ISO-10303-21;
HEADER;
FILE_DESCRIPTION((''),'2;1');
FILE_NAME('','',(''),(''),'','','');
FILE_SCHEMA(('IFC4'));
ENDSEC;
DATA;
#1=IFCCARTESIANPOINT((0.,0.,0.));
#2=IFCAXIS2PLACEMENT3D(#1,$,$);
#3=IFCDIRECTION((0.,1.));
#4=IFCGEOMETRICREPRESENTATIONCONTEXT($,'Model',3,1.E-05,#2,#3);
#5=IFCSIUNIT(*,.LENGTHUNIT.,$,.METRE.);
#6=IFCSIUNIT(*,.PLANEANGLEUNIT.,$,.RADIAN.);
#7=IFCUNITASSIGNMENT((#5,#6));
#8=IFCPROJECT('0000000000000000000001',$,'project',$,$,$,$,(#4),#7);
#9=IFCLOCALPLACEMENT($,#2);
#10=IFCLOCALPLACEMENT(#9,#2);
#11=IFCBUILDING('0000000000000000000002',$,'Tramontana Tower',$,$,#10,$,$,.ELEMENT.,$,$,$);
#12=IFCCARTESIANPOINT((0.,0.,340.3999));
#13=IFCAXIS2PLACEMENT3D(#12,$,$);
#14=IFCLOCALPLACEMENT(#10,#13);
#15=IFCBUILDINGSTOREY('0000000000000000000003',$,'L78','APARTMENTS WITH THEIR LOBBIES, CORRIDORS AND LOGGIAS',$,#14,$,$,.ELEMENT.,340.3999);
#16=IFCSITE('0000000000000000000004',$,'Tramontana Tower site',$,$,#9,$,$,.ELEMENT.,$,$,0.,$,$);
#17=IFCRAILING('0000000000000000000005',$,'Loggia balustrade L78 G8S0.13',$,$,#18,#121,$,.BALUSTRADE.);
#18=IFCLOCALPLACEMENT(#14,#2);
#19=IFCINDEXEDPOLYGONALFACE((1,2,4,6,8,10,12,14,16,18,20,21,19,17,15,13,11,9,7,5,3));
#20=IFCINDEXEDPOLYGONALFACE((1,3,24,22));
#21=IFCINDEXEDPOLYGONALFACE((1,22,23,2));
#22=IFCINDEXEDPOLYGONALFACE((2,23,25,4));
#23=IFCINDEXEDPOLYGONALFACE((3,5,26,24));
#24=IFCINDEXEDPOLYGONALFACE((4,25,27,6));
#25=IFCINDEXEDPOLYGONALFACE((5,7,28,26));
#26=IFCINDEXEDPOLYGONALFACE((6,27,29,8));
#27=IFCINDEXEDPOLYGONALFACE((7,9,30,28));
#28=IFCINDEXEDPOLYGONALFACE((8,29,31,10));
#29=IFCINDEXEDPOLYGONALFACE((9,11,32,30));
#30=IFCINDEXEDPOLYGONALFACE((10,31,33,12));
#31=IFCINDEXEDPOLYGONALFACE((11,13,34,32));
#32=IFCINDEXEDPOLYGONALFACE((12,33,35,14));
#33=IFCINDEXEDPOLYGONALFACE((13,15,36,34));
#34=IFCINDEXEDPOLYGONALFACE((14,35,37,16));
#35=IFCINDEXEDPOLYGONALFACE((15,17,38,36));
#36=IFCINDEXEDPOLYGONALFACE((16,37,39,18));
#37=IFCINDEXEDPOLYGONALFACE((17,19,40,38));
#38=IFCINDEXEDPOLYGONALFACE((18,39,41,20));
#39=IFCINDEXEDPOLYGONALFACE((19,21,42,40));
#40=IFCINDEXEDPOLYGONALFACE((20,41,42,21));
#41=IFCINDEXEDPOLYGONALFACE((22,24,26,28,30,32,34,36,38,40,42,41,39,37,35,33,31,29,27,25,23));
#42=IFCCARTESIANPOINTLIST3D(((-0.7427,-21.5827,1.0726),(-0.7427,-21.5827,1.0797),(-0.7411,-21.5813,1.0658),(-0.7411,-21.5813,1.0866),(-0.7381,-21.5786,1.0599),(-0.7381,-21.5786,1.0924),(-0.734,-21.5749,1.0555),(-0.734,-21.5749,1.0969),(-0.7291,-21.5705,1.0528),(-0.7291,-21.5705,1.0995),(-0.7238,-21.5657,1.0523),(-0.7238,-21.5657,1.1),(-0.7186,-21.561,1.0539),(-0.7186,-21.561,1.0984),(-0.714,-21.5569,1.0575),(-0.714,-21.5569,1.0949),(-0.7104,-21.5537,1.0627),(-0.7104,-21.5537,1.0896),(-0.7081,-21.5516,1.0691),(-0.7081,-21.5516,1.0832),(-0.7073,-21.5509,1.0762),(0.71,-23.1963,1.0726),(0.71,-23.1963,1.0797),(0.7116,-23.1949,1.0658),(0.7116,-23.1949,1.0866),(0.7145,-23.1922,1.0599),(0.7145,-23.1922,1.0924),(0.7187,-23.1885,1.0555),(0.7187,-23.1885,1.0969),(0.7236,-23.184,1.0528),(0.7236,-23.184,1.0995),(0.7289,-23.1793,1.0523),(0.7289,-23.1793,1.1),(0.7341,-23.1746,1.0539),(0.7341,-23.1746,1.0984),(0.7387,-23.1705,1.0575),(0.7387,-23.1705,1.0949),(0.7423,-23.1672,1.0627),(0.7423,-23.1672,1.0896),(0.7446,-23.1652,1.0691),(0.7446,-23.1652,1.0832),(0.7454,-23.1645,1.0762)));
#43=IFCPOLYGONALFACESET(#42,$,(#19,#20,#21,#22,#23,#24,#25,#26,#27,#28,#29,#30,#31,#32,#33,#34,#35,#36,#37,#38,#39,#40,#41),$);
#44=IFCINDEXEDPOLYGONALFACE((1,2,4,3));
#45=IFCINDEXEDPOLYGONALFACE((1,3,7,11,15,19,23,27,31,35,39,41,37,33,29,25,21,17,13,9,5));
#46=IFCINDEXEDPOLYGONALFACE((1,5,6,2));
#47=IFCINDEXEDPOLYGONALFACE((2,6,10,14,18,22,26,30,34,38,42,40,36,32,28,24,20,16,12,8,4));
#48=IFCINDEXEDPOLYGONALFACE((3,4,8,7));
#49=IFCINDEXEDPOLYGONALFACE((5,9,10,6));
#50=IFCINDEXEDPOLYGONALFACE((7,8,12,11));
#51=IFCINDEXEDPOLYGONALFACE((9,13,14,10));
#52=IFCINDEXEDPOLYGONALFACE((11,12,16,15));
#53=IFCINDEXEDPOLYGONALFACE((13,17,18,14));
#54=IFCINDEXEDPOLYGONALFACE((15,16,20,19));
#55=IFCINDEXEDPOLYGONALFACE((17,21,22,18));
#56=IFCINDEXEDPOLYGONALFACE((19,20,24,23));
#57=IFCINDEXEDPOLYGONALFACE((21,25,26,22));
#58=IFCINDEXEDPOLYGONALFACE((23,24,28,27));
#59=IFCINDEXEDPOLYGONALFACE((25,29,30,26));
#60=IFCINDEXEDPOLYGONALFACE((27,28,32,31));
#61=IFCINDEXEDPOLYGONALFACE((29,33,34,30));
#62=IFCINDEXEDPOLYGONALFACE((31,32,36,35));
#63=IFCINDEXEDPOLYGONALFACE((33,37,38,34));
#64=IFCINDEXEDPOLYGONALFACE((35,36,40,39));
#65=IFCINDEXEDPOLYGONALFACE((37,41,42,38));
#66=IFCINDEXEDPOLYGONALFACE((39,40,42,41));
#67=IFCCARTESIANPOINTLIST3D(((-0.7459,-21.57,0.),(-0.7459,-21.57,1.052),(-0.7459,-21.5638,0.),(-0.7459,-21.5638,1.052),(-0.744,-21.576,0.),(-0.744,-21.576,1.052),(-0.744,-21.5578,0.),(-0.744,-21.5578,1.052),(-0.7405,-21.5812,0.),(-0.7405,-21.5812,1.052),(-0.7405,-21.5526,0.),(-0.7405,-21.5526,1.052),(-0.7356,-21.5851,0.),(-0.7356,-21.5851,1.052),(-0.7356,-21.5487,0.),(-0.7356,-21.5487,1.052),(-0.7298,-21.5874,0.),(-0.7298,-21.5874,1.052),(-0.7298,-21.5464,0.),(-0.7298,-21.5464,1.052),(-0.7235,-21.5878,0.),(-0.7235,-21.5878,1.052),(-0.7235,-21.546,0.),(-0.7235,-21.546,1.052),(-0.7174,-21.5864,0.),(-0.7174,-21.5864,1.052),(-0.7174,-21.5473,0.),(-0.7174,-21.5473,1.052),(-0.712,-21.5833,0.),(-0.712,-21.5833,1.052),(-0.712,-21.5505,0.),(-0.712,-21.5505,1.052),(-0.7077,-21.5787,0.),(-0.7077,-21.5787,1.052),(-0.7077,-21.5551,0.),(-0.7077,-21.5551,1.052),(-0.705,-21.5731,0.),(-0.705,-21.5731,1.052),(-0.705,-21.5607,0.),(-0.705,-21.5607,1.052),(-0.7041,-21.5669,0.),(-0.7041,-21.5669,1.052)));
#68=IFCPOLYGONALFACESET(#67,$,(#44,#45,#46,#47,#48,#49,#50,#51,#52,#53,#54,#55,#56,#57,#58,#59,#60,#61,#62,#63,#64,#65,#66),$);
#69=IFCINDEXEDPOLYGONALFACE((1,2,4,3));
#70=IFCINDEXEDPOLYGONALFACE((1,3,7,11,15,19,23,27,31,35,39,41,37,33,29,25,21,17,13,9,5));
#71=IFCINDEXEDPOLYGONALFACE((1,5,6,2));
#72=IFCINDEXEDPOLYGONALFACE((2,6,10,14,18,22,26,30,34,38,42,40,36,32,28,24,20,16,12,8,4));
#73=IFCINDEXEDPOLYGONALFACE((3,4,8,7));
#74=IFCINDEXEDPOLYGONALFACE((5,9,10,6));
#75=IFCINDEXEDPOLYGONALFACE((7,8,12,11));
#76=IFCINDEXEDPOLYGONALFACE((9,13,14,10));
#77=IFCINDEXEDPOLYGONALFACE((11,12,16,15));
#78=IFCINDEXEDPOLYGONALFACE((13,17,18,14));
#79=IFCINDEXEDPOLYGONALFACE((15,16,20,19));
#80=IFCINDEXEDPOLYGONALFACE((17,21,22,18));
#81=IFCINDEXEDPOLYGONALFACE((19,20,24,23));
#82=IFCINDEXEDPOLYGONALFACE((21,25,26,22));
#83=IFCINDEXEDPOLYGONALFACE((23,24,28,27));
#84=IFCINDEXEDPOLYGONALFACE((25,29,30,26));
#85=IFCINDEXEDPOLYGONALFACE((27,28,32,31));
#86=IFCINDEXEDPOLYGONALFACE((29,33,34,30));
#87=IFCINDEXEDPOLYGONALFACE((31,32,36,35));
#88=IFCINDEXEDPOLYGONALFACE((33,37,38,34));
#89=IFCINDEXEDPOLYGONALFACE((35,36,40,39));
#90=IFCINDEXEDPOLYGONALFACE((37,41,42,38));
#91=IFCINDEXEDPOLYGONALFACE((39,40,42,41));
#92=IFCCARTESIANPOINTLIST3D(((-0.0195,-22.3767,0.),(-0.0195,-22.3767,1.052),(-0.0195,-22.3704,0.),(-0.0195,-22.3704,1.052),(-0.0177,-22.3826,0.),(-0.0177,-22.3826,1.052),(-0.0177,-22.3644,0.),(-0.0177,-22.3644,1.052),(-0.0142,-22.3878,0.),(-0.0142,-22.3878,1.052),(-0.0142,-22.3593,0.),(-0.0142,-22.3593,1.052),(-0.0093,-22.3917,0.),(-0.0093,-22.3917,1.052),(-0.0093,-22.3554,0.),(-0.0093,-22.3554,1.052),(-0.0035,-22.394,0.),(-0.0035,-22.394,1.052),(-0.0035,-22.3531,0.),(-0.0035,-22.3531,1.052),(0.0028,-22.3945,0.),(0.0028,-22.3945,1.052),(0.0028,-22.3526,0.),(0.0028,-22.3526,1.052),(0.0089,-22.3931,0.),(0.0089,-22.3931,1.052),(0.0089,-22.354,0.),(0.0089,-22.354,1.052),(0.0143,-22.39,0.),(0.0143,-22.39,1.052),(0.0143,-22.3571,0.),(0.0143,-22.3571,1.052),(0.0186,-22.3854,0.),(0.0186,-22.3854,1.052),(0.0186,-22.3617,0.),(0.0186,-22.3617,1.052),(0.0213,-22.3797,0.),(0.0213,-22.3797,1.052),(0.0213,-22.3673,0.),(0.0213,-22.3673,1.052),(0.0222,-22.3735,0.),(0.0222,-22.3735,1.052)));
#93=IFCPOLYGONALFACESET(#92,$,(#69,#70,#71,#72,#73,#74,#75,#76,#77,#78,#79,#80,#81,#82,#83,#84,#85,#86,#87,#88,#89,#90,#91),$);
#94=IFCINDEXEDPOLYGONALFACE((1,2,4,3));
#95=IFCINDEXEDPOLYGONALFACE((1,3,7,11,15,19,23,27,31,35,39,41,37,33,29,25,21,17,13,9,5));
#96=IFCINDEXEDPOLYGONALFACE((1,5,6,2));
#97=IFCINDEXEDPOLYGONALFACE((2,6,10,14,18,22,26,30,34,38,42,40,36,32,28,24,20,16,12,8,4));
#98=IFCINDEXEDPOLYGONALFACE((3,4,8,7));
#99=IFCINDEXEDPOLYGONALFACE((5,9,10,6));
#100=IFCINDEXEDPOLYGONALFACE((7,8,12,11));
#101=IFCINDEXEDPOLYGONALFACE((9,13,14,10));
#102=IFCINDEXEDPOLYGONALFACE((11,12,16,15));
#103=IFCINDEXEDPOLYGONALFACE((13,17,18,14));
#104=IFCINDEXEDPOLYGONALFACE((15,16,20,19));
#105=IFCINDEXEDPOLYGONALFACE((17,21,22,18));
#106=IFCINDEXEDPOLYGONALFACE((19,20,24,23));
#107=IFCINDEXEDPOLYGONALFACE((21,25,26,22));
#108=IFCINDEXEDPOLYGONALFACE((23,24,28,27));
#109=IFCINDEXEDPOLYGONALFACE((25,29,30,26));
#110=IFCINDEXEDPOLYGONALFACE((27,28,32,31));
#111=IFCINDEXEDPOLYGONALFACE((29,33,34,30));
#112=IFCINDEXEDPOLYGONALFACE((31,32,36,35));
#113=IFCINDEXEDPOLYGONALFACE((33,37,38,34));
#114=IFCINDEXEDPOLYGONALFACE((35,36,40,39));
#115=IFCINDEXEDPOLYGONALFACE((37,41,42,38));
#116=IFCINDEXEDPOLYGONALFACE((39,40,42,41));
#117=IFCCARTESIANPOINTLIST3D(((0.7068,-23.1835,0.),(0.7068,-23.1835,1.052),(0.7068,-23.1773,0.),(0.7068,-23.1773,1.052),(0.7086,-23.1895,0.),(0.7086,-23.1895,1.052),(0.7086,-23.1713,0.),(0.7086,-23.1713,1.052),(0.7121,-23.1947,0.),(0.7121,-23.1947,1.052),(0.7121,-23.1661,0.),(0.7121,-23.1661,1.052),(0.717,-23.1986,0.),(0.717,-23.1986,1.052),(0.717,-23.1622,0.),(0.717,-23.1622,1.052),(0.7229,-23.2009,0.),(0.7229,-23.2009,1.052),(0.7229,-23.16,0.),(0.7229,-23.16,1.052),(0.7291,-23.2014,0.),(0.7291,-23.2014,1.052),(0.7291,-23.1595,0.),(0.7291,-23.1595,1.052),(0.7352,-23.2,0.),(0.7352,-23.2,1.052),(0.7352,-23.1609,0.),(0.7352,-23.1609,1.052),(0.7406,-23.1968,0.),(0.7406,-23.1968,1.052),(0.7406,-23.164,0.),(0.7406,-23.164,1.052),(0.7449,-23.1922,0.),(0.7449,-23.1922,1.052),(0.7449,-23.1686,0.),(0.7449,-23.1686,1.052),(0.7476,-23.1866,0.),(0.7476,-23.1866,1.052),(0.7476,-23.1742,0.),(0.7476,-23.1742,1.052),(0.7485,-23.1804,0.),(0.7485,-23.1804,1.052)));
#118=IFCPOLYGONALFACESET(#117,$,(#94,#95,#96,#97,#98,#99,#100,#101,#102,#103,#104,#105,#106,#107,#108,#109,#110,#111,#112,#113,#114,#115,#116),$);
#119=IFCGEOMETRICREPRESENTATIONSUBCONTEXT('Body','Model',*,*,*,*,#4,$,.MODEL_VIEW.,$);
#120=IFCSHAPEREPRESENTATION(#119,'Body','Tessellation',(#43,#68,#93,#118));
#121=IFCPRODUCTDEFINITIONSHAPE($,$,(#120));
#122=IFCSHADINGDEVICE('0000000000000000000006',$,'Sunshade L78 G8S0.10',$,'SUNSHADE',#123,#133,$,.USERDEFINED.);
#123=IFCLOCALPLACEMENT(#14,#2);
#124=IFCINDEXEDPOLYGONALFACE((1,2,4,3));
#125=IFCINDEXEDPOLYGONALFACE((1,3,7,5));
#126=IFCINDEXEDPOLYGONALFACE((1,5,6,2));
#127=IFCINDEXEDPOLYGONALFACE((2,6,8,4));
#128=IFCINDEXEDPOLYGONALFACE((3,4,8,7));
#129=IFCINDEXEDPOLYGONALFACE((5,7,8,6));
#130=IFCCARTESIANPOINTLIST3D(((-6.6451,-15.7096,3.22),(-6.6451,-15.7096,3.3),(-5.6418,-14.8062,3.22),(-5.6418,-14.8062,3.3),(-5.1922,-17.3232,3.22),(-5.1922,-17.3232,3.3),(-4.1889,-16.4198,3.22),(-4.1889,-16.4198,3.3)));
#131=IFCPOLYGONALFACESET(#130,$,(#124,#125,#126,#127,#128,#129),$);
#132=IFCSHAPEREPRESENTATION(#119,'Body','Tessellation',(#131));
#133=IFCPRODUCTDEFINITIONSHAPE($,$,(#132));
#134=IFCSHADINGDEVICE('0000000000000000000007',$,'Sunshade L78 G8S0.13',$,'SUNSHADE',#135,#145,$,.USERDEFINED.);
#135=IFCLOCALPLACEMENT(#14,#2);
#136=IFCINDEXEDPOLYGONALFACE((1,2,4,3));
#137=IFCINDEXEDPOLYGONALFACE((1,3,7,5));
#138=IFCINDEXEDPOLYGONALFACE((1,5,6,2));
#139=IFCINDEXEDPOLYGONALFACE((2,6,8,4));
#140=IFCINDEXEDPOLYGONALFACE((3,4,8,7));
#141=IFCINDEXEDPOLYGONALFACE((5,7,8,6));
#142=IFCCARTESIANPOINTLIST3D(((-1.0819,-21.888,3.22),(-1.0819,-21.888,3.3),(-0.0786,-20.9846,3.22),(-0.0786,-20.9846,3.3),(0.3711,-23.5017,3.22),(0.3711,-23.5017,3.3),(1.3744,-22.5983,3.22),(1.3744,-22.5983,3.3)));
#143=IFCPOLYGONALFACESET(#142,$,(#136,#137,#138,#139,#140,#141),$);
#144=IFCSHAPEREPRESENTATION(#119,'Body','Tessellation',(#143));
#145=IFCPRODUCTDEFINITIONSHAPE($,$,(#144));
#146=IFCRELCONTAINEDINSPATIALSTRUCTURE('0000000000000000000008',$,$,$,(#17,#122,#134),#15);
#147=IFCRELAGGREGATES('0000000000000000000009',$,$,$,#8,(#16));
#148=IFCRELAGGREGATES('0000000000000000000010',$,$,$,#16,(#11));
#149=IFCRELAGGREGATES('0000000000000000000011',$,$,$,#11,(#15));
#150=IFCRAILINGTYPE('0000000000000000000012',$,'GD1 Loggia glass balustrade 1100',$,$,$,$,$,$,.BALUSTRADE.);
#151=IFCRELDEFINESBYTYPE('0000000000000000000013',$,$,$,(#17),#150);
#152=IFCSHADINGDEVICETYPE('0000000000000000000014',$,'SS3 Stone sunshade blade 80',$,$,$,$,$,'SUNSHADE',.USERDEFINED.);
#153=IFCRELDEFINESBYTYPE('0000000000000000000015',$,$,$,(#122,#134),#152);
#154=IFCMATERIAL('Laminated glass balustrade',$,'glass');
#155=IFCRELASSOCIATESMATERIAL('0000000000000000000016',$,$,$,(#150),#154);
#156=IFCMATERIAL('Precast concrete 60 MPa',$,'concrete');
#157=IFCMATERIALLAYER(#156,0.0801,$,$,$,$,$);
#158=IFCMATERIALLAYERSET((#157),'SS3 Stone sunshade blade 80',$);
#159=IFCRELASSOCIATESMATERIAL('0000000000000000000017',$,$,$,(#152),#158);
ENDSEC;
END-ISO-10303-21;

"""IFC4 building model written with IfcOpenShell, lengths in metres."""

from ifc_helpers import new_model, si_unit, direction, frame, origin, origin_2d, place, context, subcontext, project, spatial, rectangle, circle, extrude, material, layer, layer_set, type_object, element, save


model = new_model("IFC4")

# Units and contexts
model_context = context("Model", 3, precision=1e-05, world=origin(), true_north=direction((0.0, 1.0)))
body_context = subcontext(model_context, "Body", "Model", "MODEL_VIEW")
ifc_project = project(units=[si_unit("LENGTHUNIT", "METRE"), si_unit("PLANEANGLEUNIT", "RADIAN")], contexts=[model_context])

# Site, building, storey
site_placement = place(None, origin())
site = spatial("IfcSite", under=ifc_project, at=site_placement, Name="Tramontana Tower site", CompositionType="ELEMENT", RefElevation=0.0)
building_placement = place(site_placement, origin())
building = spatial("IfcBuilding", under=site, at=building_placement, Name="Tramontana Tower", CompositionType="ELEMENT")
storey_placement = place(building_placement, frame((0.0, 0.0, 340.3999)))
storey = spatial("IfcBuildingStorey", under=building, at=storey_placement, Name="L78", Description="APARTMENTS WITH THEIR LOBBIES, CORRIDORS AND LOGGIAS", CompositionType="ELEMENT", Elevation=340.3999)

# Railing
ifc_material_1 = material(Name="Laminated glass balustrade", Category="glass")
railing_type = type_object("IfcRailingType", Name="GD1 Loggia glass balustrade 1100", PredefinedType="BALUSTRADE", material=ifc_material_1)
railing_1_placement = place(storey_placement, frame((-0.7251, -21.5669, 0.0)))
element("IfcRailing", 1, at=railing_1_placement, inside=storey, type_object=railing_type, Name="Loggia balustrade L78 G8S0.13", PredefinedType="BALUSTRADE", context=body_context, shape_type="SweptSolid", body=[
    extrude(circle(Radius=0.0239, at=origin_2d()), frame((0.0, 0.0, 1.0762), z_axis=(0.669083, -0.743188, 0.0), x_axis=(0.743188, 0.669083, 0.0)), (0.0, 0.0, 1.0), 2.1711),
    extrude(circle(Radius=0.021, at=origin_2d()), origin(), (0.0, 0.0, 1.0), 1.052),
    extrude(circle(Radius=0.021, at=origin_2d()), frame((0.7263, -0.8066, 0.0)), (0.0, 0.0, 1.0), 1.052),
    extrude(circle(Radius=0.021, at=origin_2d()), frame((1.4526, -1.6135, 0.0)), (0.0, 0.0, 1.0), 1.052),
])

# Shading devices
ifc_material_2 = material(Name="Precast concrete 60 MPa", Category="concrete")
ifc_layer_1 = layer(ifc_material_2, 0.0801)
ifc_layer_set_1 = layer_set([ifc_layer_1], Name="SS3 Stone sunshade blade 80")
shading_device_type = type_object("IfcShadingDeviceType", Name="SS3 Stone sunshade blade 80", ElementType="SUNSHADE", PredefinedType="USERDEFINED", material=ifc_layer_set_1)
for number, where, z_axis, x_axis, name in (
    (2, (-5.417, -16.0647, 3.22), (0.0, 0.0, 1.0), (0.669131, -0.743145, 0.0), "Sunshade L78 G8S0.10"),
    (3, (0.1462, -22.2432, 3.22), (0.0, 0.0, 1.0), (0.669131, -0.743145, 0.0), "Sunshade L78 G8S0.13"),
):
    element("IfcShadingDevice", number, at=place(storey_placement, frame(where, z_axis=z_axis, x_axis=x_axis)), inside=storey, type_object=shading_device_type, Name=name, ObjectType="SUNSHADE", PredefinedType="USERDEFINED", context=body_context, shape_type="SweptSolid", body=[
        extrude(rectangle(XDim=2.1714, YDim=1.3501, at=origin_2d()), origin(), (0.0, 0.0, 1.0), 0.0801),
    ])

save(model, "model.ifc")
